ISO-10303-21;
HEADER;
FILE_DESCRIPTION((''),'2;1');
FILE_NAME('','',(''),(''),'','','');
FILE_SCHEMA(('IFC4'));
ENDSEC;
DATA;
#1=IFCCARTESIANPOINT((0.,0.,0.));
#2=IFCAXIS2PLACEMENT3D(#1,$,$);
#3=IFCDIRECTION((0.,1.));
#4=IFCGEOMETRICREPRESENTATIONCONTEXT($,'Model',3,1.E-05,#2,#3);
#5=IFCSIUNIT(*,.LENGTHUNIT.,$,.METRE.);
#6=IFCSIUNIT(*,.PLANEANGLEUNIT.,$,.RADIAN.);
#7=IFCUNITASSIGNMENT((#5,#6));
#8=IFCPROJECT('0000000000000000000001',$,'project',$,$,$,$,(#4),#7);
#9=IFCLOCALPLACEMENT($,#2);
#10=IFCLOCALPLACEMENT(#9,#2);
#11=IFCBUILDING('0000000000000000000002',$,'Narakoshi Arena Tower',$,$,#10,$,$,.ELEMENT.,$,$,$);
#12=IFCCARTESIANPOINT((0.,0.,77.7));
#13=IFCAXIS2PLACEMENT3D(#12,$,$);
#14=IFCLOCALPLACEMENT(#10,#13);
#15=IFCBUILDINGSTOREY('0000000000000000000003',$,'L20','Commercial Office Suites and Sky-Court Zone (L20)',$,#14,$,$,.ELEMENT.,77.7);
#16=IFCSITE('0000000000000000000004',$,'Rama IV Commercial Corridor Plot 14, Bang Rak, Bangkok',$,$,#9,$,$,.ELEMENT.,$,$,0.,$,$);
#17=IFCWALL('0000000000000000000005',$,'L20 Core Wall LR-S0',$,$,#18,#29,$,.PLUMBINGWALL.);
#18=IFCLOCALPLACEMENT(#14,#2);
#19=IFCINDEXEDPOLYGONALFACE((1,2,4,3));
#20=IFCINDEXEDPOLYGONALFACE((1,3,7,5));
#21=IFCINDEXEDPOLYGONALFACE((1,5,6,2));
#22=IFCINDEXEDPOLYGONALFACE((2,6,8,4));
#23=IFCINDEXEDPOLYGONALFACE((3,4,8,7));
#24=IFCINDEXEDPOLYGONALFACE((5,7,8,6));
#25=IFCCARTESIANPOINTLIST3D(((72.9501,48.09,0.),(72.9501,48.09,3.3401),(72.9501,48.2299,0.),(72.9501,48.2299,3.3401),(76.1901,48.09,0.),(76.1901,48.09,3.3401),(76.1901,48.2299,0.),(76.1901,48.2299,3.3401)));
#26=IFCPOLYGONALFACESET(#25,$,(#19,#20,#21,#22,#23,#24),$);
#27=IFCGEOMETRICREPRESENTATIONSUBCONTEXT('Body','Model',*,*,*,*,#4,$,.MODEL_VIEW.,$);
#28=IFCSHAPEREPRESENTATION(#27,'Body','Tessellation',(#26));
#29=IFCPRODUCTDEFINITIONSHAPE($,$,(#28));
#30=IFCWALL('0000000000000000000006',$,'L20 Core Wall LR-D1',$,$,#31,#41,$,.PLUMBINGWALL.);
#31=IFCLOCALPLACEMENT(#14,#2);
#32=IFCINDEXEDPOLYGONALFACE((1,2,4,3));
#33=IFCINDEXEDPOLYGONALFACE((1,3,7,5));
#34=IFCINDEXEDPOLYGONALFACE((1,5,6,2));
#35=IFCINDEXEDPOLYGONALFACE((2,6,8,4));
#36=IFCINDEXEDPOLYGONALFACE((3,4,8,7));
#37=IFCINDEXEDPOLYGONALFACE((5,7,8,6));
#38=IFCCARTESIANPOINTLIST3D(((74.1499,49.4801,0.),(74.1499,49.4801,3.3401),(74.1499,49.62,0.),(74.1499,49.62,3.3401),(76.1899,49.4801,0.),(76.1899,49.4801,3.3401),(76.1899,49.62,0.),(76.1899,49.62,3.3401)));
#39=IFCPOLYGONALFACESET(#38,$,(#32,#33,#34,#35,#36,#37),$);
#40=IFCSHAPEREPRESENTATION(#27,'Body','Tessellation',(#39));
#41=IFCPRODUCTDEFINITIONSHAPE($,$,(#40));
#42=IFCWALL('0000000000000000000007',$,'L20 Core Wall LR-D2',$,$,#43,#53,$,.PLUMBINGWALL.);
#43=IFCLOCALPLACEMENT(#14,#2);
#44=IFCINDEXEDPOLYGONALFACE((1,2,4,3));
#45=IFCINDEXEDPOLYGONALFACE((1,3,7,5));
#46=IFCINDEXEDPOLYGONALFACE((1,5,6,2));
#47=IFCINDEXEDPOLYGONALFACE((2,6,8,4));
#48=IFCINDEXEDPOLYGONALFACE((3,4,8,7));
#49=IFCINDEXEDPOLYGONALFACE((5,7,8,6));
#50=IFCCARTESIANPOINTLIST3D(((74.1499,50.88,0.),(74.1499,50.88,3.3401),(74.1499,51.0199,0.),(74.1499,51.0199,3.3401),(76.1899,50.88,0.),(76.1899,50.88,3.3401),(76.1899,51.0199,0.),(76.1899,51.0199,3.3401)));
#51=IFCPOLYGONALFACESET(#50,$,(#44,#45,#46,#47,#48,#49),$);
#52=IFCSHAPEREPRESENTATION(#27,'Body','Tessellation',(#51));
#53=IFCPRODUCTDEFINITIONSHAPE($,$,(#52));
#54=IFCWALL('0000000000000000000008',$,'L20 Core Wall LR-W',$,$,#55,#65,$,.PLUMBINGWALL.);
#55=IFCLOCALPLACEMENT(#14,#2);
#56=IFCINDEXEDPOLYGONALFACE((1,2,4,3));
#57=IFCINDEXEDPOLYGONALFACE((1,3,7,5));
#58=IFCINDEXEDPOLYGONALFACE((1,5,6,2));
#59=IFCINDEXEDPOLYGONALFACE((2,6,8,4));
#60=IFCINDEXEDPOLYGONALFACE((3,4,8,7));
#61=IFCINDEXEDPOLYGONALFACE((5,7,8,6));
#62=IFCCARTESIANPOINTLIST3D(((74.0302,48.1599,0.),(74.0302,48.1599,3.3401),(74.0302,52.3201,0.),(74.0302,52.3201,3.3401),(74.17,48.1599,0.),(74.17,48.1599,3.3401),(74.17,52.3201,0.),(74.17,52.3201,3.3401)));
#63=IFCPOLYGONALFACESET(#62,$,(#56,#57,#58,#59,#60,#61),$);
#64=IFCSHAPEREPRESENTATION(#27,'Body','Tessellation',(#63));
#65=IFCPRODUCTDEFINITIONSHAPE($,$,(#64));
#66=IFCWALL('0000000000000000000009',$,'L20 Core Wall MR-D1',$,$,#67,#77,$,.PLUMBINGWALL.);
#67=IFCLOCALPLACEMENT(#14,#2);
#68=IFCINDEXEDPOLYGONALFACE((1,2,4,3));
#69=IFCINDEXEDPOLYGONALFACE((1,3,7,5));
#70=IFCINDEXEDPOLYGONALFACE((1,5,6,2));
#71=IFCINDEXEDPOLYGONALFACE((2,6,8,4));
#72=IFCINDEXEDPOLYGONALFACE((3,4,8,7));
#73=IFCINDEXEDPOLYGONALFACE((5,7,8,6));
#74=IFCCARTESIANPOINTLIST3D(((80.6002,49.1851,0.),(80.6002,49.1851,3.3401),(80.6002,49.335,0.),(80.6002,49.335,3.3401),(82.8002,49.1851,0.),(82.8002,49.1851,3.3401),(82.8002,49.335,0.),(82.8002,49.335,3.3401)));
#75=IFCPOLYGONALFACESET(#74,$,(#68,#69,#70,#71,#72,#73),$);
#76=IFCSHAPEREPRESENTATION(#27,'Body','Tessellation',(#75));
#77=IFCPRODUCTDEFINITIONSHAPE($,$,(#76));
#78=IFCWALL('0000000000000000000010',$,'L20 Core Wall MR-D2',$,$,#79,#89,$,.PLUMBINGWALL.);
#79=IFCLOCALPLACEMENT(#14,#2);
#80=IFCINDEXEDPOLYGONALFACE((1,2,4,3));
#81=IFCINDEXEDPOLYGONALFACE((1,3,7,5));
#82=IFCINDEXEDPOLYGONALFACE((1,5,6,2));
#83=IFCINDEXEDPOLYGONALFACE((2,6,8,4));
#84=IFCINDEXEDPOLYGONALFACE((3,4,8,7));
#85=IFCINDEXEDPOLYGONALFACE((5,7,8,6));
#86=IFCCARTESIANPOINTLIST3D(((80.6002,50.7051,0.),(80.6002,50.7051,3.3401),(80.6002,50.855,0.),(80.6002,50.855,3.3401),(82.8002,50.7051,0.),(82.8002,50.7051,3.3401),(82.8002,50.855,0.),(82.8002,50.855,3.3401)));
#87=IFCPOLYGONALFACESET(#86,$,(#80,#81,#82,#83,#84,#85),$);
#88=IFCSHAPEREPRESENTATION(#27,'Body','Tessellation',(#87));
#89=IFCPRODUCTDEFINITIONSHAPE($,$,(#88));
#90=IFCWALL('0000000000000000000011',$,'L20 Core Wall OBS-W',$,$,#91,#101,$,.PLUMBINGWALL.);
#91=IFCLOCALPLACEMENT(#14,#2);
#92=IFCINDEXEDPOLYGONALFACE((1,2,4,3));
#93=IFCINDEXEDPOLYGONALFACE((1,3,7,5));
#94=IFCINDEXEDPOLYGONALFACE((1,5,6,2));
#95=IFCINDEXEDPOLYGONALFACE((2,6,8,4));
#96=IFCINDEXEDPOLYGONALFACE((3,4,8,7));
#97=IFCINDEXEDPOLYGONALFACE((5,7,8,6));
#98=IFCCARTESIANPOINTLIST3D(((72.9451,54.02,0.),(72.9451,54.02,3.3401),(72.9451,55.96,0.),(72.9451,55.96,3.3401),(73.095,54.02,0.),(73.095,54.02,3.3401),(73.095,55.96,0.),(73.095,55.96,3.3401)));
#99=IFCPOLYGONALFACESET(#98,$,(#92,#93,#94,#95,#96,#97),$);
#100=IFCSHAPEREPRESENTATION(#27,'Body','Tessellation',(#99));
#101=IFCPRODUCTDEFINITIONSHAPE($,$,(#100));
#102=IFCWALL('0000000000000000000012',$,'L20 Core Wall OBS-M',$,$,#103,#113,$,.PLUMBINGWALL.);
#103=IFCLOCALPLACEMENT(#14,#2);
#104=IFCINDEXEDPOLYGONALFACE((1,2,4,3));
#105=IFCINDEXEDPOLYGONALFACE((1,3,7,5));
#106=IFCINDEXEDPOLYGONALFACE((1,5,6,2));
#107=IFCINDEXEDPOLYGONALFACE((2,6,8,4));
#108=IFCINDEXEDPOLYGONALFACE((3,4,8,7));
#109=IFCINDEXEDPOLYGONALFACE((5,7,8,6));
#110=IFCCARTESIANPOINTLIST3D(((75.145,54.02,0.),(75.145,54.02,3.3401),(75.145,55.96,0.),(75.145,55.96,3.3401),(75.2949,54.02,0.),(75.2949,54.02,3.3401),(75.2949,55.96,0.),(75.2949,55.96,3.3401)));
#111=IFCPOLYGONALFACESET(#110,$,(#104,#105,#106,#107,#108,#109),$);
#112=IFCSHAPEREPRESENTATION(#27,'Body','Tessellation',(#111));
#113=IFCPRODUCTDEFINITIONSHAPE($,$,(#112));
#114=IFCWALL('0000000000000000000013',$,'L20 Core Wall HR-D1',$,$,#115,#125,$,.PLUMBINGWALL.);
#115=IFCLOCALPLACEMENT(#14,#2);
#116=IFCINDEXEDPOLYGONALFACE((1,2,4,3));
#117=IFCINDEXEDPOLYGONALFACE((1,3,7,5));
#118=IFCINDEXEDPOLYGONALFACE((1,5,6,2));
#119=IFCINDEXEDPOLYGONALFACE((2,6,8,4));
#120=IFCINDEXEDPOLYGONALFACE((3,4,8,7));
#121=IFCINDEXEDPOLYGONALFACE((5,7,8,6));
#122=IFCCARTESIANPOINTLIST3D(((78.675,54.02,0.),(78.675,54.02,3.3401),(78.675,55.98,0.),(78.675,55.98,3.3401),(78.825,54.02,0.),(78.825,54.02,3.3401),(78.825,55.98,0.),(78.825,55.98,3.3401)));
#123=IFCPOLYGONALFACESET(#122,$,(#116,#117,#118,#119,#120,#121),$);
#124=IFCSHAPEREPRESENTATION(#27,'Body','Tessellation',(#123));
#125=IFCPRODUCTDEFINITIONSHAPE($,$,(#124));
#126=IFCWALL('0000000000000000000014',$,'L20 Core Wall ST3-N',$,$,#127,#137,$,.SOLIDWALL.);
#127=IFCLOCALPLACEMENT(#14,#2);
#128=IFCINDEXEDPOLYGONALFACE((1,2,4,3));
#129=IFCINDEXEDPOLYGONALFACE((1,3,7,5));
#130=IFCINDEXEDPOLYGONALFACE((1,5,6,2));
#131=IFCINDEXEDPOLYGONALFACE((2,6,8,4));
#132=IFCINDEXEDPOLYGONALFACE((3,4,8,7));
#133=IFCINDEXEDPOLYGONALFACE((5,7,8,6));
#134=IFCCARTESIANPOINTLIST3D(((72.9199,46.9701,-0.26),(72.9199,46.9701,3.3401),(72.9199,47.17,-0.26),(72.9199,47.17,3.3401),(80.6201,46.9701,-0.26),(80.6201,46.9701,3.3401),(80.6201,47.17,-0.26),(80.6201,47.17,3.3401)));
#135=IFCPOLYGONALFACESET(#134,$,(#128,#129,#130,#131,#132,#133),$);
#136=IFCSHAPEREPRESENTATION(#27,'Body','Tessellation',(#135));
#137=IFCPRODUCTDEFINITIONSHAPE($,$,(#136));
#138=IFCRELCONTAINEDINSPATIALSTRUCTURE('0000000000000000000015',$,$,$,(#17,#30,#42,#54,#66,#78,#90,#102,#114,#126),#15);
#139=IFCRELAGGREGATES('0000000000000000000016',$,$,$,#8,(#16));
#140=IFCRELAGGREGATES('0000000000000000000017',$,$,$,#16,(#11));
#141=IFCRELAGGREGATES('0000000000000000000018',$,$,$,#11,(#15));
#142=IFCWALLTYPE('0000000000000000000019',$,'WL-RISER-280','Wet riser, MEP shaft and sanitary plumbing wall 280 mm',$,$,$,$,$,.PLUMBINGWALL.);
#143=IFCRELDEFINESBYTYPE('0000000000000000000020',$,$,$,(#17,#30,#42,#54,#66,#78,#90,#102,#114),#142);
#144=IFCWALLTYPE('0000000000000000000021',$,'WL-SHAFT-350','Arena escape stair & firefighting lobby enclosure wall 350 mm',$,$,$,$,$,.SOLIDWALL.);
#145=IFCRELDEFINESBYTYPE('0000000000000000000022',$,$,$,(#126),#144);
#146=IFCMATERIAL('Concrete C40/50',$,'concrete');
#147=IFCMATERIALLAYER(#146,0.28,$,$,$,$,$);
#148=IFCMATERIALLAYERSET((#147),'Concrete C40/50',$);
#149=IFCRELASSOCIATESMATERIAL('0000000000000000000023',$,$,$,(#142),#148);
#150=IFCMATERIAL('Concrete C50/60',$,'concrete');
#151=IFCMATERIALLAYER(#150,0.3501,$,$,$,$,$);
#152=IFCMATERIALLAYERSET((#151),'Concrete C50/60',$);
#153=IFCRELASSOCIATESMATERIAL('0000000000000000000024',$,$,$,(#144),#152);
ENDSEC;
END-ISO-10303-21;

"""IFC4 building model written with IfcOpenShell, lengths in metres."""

from ifc_helpers import new_model, si_unit, direction, frame, frame_2d, origin, place, context, subcontext, project, spatial, rectangle, extrude, material, layer, layer_set, type_object, element, save


model = new_model("IFC4")

# Units and contexts
model_context = context("Model", 3, precision=1e-05, world=origin(), true_north=direction((0.0, 1.0)))
body_context = subcontext(model_context, "Body", "Model", "MODEL_VIEW")
ifc_project = project(units=[si_unit("LENGTHUNIT", "METRE"), si_unit("PLANEANGLEUNIT", "RADIAN")], contexts=[model_context])

# Site, building, storey
site_placement = place(None, origin())
site = spatial("IfcSite", under=ifc_project, at=site_placement, Name="Rama IV Commercial Corridor Plot 14, Bang Rak, Bangkok", CompositionType="ELEMENT", RefElevation=0.0)
building_placement = place(site_placement, origin())
building = spatial("IfcBuilding", under=site, at=building_placement, Name="Narakoshi Arena Tower", CompositionType="ELEMENT")
storey_placement = place(building_placement, frame((0.0, 0.0, 77.7)))
storey = spatial("IfcBuildingStorey", under=building, at=storey_placement, Name="L20", Description="Commercial Office Suites and Sky-Court Zone (L20)", CompositionType="ELEMENT", Elevation=77.7)

# Walls
ifc_material_1 = material(Name="Concrete C40/50", Category="concrete")
ifc_layer_1 = layer(ifc_material_1, 0.28)
ifc_layer_set_1 = layer_set([ifc_layer_1], Name="Concrete C40/50")
wall_type_1 = type_object("IfcWallType", Name="WL-RISER-280", Description="Wet riser, MEP shaft and sanitary plumbing wall 280 mm", PredefinedType="PLUMBINGWALL", material=ifc_layer_set_1)
wall_1_placement = place(storey_placement, frame((72.95, 48.1599, 0.0), z_axis=(0.0, 0.0, 1.0), x_axis=(1.0, 0.0, 0.0)))
element("IfcWall", 1, at=wall_1_placement, inside=storey, type_object=wall_type_1, Name="L20 Core Wall LR-S0", PredefinedType="PLUMBINGWALL", context=body_context, shape_type="SweptSolid", body=[
    extrude(rectangle(XDim=3.24, YDim=0.1399, at=frame_2d((1.6201, 0.0))), origin(), (0.0, 0.0, 1.0), 3.3401),
])
for number, where, z_axis, x_axis, name in (
    (2, (74.1499, 49.55, 0.0), (0.0, 0.0, 1.0), (1.0, 0.0, 0.0), "L20 Core Wall LR-D1"),
    (3, (74.1499, 50.95, 0.0), (0.0, 0.0, 1.0), (1.0, 0.0, 0.0), "L20 Core Wall LR-D2"),
):
    element("IfcWall", number, at=place(storey_placement, frame(where, z_axis=z_axis, x_axis=x_axis)), inside=storey, type_object=wall_type_1, Name=name, PredefinedType="PLUMBINGWALL", context=body_context, shape_type="SweptSolid", body=[
        extrude(rectangle(XDim=2.04, YDim=0.1399, at=frame_2d((1.02, 0.0))), origin(), (0.0, 0.0, 1.0), 3.3401),
    ])
wall_2_placement = place(storey_placement, frame((74.1001, 48.1599, 0.0), z_axis=(0.0, 0.0, 1.0), x_axis=(0.0, 1.0, 0.0)))
element("IfcWall", 4, at=wall_2_placement, inside=storey, type_object=wall_type_1, Name="L20 Core Wall LR-W", PredefinedType="PLUMBINGWALL", context=body_context, shape_type="SweptSolid", body=[
    extrude(rectangle(XDim=4.1602, YDim=0.1399, at=frame_2d((2.0801, 0.0))), origin(), (0.0, 0.0, 1.0), 3.3401),
])
for number, where, z_axis, x_axis, name in (
    (5, (80.6001, 49.26, 0.0), (0.0, 0.0, 1.0), (1.0, 0.0, 0.0), "L20 Core Wall MR-D1"),
    (6, (80.6001, 50.78, 0.0), (0.0, 0.0, 1.0), (1.0, 0.0, 0.0), "L20 Core Wall MR-D2"),
):
    element("IfcWall", number, at=place(storey_placement, frame(where, z_axis=z_axis, x_axis=x_axis)), inside=storey, type_object=wall_type_1, Name=name, PredefinedType="PLUMBINGWALL", context=body_context, shape_type="SweptSolid", body=[
        extrude(rectangle(XDim=2.2, YDim=0.1499, at=frame_2d((1.1001, 0.0))), origin(), (0.0, 0.0, 1.0), 3.3401),
    ])
for number, where, z_axis, x_axis, name in (
    (7, (73.02, 54.02, 0.0), (0.0, 0.0, 1.0), (0.0, 1.0, 0.0), "L20 Core Wall OBS-W"),
    (8, (75.22, 54.02, 0.0), (0.0, 0.0, 1.0), (0.0, 1.0, 0.0), "L20 Core Wall OBS-M"),
):
    element("IfcWall", number, at=place(storey_placement, frame(where, z_axis=z_axis, x_axis=x_axis)), inside=storey, type_object=wall_type_1, Name=name, PredefinedType="PLUMBINGWALL", context=body_context, shape_type="SweptSolid", body=[
        extrude(rectangle(XDim=1.9399, YDim=0.1499, at=frame_2d((0.97, 0.0))), origin(), (0.0, 0.0, 1.0), 3.3401),
    ])
wall_3_placement = place(storey_placement, frame((78.75, 54.02, 0.0), z_axis=(0.0, 0.0, 1.0), x_axis=(0.0, 1.0, 0.0)))
element("IfcWall", 9, at=wall_3_placement, inside=storey, type_object=wall_type_1, Name="L20 Core Wall HR-D1", PredefinedType="PLUMBINGWALL", context=body_context, shape_type="SweptSolid", body=[
    extrude(rectangle(XDim=1.96, YDim=0.1499, at=frame_2d((0.98, 0.0))), origin(), (0.0, 0.0, 1.0), 3.3401),
])
ifc_material_2 = material(Name="Concrete C50/60", Category="concrete")
ifc_layer_2 = layer(ifc_material_2, 0.3501)
ifc_layer_set_2 = layer_set([ifc_layer_2], Name="Concrete C50/60")
wall_type_2 = type_object("IfcWallType", Name="WL-SHAFT-350", Description="Arena escape stair & firefighting lobby enclosure wall 350 mm", PredefinedType="SOLIDWALL", material=ifc_layer_set_2)
wall_4_placement = place(storey_placement, frame((72.9199, 47.0701, -0.26), z_axis=(0.0, 0.0, 1.0), x_axis=(1.0, 0.0, 0.0)))
element("IfcWall", 10, at=wall_4_placement, inside=storey, type_object=wall_type_2, Name="L20 Core Wall ST3-N", PredefinedType="SOLIDWALL", context=body_context, shape_type="SweptSolid", body=[
    extrude(rectangle(XDim=7.7002, YDim=0.2, at=frame_2d((3.8501, 0.0))), origin(), (0.0, 0.0, 1.0), 3.6001),
])

save(model, "model.ifc")
